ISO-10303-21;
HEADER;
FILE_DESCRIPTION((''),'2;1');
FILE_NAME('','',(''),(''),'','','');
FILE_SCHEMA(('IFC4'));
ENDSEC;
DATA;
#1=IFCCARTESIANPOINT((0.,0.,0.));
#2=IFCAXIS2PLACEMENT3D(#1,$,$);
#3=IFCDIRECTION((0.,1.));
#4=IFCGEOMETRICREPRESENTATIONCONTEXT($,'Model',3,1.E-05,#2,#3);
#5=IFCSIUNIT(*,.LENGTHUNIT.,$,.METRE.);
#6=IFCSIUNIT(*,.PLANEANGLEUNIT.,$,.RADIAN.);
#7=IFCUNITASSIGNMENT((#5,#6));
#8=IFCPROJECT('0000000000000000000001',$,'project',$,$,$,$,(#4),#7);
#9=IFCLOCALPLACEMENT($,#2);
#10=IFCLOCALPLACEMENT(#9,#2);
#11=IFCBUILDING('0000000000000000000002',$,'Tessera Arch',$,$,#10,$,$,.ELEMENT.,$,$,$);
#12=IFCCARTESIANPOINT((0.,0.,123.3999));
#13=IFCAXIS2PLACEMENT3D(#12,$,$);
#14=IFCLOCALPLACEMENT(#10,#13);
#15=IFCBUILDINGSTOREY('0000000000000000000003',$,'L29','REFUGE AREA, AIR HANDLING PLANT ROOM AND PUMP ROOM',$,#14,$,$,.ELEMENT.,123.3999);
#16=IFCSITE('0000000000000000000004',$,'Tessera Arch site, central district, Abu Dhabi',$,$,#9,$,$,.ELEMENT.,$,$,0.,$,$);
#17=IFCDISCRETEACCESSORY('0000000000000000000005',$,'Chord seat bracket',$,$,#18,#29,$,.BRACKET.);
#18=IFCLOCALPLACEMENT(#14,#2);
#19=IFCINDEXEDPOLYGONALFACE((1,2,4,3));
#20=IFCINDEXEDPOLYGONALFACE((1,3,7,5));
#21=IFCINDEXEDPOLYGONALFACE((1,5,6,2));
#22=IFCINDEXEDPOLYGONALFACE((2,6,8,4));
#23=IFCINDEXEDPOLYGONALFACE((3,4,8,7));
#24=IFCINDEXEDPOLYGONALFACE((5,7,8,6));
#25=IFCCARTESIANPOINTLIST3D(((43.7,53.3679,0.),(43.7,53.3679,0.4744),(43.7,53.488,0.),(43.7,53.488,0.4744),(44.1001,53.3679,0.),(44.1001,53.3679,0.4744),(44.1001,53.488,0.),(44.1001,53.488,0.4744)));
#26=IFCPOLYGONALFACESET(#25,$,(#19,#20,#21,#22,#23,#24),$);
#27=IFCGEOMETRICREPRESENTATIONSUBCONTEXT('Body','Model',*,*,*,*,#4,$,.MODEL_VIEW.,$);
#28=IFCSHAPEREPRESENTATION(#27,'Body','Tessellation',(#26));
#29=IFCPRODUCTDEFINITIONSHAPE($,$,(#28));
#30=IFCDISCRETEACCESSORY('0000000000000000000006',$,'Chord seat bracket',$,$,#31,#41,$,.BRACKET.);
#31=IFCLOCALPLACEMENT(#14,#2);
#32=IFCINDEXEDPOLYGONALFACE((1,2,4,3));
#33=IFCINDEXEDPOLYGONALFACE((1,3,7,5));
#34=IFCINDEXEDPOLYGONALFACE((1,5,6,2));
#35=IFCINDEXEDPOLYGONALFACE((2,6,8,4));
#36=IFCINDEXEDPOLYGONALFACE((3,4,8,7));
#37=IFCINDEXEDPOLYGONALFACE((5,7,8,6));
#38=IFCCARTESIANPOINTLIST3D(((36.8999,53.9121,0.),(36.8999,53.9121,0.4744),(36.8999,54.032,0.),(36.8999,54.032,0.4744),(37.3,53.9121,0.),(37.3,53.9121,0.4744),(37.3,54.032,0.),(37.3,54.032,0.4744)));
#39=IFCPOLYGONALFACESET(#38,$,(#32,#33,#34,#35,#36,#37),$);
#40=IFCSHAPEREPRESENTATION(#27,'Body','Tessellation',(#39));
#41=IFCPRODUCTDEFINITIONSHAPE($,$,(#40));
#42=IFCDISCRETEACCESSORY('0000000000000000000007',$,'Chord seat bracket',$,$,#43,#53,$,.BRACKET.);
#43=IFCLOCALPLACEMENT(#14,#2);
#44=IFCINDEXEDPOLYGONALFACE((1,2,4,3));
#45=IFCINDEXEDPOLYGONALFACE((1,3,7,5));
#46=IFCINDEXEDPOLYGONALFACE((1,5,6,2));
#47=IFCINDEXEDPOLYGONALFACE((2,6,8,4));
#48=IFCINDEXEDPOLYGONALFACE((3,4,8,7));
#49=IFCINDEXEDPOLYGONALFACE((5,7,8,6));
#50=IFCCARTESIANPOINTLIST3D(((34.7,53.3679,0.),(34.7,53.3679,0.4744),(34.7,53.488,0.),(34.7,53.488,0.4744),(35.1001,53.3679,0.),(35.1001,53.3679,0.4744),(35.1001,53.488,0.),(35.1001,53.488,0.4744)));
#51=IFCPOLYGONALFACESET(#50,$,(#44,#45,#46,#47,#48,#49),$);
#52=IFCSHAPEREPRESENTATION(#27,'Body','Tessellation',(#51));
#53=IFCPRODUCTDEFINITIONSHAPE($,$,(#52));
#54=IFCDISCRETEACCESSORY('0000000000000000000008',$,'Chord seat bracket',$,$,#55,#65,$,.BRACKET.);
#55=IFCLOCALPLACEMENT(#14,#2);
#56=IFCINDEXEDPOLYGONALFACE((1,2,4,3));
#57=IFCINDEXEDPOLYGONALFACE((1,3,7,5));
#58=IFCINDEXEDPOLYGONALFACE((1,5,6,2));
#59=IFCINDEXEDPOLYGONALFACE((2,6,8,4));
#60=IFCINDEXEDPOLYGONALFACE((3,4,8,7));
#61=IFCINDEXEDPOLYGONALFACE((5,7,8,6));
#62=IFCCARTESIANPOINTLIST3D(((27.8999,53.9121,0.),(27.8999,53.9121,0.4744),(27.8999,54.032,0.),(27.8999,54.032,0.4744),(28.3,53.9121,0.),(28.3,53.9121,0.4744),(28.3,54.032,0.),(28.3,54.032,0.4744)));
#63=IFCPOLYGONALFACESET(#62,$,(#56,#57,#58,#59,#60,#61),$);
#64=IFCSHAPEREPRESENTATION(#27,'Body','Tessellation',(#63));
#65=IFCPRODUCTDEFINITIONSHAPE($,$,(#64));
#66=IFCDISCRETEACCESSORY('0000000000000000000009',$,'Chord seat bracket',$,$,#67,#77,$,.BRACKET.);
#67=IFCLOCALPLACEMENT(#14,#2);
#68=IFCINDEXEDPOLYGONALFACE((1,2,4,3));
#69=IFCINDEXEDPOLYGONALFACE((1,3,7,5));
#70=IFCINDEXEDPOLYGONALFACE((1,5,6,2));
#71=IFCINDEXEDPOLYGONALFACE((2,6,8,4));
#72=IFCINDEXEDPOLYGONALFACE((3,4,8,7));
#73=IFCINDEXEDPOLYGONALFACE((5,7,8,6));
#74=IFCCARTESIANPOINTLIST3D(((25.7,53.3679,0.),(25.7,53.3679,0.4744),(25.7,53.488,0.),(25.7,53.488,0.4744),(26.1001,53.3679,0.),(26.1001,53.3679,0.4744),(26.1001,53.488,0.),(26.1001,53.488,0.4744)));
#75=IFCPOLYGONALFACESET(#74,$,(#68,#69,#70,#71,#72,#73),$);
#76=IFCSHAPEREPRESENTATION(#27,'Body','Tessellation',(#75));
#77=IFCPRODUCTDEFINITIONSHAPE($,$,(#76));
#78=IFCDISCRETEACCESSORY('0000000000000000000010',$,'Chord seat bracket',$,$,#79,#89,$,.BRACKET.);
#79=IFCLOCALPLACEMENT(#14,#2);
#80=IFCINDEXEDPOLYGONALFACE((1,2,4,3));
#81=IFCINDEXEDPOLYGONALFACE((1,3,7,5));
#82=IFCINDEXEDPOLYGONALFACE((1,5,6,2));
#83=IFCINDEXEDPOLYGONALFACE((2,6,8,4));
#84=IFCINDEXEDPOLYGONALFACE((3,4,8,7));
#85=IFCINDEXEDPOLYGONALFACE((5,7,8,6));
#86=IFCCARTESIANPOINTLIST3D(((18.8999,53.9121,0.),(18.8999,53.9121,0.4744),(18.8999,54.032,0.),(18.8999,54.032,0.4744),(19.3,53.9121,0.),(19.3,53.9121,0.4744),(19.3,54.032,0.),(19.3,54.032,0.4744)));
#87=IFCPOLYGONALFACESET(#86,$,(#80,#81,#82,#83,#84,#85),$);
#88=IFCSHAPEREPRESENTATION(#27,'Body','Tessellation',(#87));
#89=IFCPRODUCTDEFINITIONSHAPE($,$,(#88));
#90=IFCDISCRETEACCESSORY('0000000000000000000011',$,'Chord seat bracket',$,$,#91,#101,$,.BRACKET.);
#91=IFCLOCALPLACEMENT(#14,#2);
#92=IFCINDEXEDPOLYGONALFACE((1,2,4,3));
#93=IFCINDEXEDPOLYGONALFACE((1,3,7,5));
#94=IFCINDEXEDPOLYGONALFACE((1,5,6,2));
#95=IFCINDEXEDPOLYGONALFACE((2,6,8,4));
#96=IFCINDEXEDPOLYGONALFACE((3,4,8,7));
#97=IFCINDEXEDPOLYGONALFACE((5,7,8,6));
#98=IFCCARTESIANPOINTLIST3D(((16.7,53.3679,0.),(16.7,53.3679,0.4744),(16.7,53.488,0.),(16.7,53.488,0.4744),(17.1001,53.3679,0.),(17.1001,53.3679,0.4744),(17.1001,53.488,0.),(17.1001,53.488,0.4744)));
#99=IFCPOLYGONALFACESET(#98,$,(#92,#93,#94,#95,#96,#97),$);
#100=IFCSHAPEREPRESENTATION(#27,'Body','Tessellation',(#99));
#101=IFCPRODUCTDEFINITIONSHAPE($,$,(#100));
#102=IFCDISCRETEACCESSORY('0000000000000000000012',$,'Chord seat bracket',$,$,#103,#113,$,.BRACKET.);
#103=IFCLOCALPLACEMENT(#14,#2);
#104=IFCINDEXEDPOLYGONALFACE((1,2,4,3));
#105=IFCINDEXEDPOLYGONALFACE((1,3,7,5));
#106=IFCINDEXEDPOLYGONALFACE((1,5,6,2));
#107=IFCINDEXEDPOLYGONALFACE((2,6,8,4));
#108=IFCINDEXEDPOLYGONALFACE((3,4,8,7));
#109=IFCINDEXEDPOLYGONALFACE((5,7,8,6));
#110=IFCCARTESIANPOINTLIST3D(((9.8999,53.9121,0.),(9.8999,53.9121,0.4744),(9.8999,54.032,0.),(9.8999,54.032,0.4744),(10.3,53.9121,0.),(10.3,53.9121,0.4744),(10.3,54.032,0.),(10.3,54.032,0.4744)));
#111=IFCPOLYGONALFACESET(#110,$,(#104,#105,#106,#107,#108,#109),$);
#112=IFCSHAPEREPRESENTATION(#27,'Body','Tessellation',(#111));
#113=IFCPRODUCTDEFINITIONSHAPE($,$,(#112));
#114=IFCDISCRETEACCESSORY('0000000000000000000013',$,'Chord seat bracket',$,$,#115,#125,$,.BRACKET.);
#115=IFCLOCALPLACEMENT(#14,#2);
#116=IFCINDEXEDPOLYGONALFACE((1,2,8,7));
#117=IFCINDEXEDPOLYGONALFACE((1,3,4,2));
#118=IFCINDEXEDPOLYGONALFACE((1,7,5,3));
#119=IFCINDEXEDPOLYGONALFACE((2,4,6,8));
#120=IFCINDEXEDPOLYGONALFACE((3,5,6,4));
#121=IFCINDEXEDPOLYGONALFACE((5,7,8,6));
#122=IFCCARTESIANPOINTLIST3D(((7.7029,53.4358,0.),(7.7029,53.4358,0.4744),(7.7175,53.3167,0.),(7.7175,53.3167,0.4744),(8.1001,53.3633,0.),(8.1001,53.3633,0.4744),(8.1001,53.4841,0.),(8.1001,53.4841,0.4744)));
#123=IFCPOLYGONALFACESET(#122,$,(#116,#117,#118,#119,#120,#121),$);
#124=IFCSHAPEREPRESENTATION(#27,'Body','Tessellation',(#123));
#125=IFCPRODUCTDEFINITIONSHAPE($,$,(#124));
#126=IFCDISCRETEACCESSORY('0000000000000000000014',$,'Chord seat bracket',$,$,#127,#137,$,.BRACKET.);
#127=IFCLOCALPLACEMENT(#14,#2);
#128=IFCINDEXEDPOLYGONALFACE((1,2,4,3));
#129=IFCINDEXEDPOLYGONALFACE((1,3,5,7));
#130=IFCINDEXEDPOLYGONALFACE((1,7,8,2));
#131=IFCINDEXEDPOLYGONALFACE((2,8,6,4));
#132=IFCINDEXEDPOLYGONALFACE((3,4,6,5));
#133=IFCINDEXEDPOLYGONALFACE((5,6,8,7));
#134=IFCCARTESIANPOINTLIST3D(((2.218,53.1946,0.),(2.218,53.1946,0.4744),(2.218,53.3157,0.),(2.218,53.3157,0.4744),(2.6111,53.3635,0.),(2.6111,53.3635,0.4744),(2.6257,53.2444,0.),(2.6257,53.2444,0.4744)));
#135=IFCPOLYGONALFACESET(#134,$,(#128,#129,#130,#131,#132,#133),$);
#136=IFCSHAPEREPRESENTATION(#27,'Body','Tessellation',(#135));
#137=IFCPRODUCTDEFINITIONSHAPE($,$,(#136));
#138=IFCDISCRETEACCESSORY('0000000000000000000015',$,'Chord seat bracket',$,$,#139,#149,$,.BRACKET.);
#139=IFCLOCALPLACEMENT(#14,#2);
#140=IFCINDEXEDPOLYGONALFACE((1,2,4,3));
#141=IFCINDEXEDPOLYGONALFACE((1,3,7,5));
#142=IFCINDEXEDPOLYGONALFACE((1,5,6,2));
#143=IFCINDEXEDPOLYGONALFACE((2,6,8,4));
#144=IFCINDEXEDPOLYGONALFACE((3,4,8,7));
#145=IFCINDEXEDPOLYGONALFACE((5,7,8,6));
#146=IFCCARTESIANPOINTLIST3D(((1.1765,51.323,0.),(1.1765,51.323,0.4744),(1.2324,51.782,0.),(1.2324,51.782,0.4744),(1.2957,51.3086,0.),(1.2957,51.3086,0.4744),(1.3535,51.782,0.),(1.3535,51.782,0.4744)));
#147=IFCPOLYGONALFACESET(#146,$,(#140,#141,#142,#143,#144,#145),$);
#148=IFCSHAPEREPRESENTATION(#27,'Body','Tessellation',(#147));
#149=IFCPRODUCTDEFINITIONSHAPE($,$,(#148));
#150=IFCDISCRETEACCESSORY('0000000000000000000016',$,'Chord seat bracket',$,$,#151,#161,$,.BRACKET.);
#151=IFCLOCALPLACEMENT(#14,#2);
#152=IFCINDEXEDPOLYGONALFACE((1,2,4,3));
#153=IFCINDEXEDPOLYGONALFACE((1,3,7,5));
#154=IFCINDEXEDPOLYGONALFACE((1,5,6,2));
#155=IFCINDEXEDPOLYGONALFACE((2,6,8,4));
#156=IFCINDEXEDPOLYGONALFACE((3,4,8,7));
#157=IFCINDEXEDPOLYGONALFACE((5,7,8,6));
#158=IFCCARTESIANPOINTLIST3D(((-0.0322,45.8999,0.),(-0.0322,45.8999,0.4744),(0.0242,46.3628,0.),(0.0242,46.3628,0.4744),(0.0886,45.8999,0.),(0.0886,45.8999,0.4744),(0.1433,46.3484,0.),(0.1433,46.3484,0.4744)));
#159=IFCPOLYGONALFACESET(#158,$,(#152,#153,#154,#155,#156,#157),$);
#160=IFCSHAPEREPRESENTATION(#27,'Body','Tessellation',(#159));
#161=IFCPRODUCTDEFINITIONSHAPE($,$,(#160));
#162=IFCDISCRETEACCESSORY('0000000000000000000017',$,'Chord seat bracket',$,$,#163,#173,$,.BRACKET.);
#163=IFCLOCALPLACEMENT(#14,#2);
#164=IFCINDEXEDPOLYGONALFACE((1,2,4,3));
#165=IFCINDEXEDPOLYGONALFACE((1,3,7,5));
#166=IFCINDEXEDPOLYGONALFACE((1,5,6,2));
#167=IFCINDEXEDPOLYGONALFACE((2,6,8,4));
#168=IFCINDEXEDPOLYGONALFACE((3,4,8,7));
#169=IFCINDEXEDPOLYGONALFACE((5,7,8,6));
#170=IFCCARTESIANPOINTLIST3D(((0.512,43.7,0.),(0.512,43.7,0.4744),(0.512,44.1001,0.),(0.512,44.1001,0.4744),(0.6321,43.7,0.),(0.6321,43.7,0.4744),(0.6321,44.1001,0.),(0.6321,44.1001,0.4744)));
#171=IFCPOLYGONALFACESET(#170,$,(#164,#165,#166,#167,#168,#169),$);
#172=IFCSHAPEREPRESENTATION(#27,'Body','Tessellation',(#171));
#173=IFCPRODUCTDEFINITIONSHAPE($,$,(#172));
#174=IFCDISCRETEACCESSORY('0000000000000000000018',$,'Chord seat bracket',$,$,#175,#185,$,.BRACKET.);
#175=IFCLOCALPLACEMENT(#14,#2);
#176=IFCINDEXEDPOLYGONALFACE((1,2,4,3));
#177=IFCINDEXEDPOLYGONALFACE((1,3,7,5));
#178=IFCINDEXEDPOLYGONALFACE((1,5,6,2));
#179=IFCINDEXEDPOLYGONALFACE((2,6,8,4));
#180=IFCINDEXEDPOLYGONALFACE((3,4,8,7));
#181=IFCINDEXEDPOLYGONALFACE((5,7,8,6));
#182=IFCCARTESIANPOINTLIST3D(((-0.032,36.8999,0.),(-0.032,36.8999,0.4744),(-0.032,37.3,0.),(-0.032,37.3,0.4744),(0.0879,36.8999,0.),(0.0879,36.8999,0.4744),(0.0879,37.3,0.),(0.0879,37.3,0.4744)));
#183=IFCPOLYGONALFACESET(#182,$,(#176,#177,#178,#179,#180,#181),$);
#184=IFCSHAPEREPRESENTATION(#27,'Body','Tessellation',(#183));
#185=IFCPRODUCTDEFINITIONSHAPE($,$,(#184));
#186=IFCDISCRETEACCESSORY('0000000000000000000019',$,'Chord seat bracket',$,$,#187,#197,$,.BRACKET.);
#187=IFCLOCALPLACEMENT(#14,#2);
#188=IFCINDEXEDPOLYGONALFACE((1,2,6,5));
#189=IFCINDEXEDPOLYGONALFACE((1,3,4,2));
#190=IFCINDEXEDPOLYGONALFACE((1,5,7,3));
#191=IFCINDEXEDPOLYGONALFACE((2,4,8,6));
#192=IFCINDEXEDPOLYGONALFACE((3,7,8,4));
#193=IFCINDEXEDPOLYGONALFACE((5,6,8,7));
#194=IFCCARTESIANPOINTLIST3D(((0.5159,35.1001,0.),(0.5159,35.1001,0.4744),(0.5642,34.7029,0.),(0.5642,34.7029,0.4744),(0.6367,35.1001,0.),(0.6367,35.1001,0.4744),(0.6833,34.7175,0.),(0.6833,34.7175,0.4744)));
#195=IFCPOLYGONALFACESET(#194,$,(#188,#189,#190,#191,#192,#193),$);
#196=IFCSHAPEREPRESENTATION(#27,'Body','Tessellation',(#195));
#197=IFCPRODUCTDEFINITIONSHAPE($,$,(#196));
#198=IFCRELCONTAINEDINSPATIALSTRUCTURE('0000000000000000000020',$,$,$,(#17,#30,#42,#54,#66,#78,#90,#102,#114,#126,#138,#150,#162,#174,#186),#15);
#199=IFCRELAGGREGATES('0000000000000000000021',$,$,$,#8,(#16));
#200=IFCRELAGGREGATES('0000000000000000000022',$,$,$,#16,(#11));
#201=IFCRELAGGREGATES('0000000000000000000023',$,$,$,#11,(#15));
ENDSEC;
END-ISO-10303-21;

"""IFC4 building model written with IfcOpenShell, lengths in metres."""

from ifc_helpers import new_model, si_unit, direction, frame, origin, place, context, subcontext, project, spatial, polyline, outline, extrude, element, save


model = new_model("IFC4")

# Units and contexts
model_context = context("Model", 3, precision=1e-05, world=origin(), true_north=direction((0.0, 1.0)))
body_context = subcontext(model_context, "Body", "Model", "MODEL_VIEW")
ifc_project = project(units=[si_unit("LENGTHUNIT", "METRE"), si_unit("PLANEANGLEUNIT", "RADIAN")], contexts=[model_context])

# Site, building, storey
site_placement = place(None, origin())
site = spatial("IfcSite", under=ifc_project, at=site_placement, Name="Tessera Arch site, central district, Abu Dhabi", CompositionType="ELEMENT", RefElevation=0.0)
building_placement = place(site_placement, origin())
building = spatial("IfcBuilding", under=site, at=building_placement, Name="Tessera Arch", CompositionType="ELEMENT")
storey_placement = place(building_placement, frame((0.0, 0.0, 123.3999)))
storey = spatial("IfcBuildingStorey", under=building, at=storey_placement, Name="L29", Description="REFUGE AREA, AIR HANDLING PLANT ROOM AND PUMP ROOM", CompositionType="ELEMENT", Elevation=123.3999)

# Discrete accessories
discrete_accessory_1_placement = place(storey_placement, origin())
element("IfcDiscreteAccessory", 1, at=discrete_accessory_1_placement, inside=storey, Name="Chord seat bracket", PredefinedType="BRACKET", context=body_context, shape_type="SweptSolid", body=[
    extrude(outline(polyline([(43.7, 53.488), (44.1001, 53.488), (44.1001, 53.3679), (43.7, 53.3679), (43.7, 53.488)])), origin(), (0.0, 0.0, 1.0), 0.4744),
])
discrete_accessory_2_placement = place(storey_placement, origin())
element("IfcDiscreteAccessory", 2, at=discrete_accessory_2_placement, inside=storey, Name="Chord seat bracket", PredefinedType="BRACKET", context=body_context, shape_type="SweptSolid", body=[
    extrude(outline(polyline([(36.8999, 53.9121), (36.8999, 54.032), (37.3, 54.032), (37.3, 53.9121), (36.8999, 53.9121)])), origin(), (0.0, 0.0, 1.0), 0.4744),
])
discrete_accessory_3_placement = place(storey_placement, origin())
element("IfcDiscreteAccessory", 3, at=discrete_accessory_3_placement, inside=storey, Name="Chord seat bracket", PredefinedType="BRACKET", context=body_context, shape_type="SweptSolid", body=[
    extrude(outline(polyline([(35.1001, 53.488), (35.1001, 53.3679), (34.7, 53.3679), (34.7, 53.488), (35.1001, 53.488)])), origin(), (0.0, 0.0, 1.0), 0.4744),
])
discrete_accessory_4_placement = place(storey_placement, origin())
element("IfcDiscreteAccessory", 4, at=discrete_accessory_4_placement, inside=storey, Name="Chord seat bracket", PredefinedType="BRACKET", context=body_context, shape_type="SweptSolid", body=[
    extrude(outline(polyline([(28.3, 53.9121), (27.8999, 53.9121), (27.8999, 54.032), (28.3, 54.032), (28.3, 53.9121)])), origin(), (0.0, 0.0, 1.0), 0.4744),
])
discrete_accessory_5_placement = place(storey_placement, origin())
element("IfcDiscreteAccessory", 5, at=discrete_accessory_5_placement, inside=storey, Name="Chord seat bracket", PredefinedType="BRACKET", context=body_context, shape_type="SweptSolid", body=[
    extrude(outline(polyline([(25.7, 53.488), (26.1001, 53.488), (26.1001, 53.3679), (25.7, 53.3679), (25.7, 53.488)])), origin(), (0.0, 0.0, 1.0), 0.4744),
])
discrete_accessory_6_placement = place(storey_placement, origin())
element("IfcDiscreteAccessory", 6, at=discrete_accessory_6_placement, inside=storey, Name="Chord seat bracket", PredefinedType="BRACKET", context=body_context, shape_type="SweptSolid", body=[
    extrude(outline(polyline([(19.3, 53.9121), (18.8999, 53.9121), (18.8999, 54.032), (19.3, 54.032), (19.3, 53.9121)])), origin(), (0.0, 0.0, 1.0), 0.4744),
])
discrete_accessory_7_placement = place(storey_placement, origin())
element("IfcDiscreteAccessory", 7, at=discrete_accessory_7_placement, inside=storey, Name="Chord seat bracket", PredefinedType="BRACKET", context=body_context, shape_type="SweptSolid", body=[
    extrude(outline(polyline([(16.7, 53.488), (17.1001, 53.488), (17.1001, 53.3679), (16.7, 53.3679), (16.7, 53.488)])), origin(), (0.0, 0.0, 1.0), 0.4744),
])
discrete_accessory_8_placement = place(storey_placement, origin())
element("IfcDiscreteAccessory", 8, at=discrete_accessory_8_placement, inside=storey, Name="Chord seat bracket", PredefinedType="BRACKET", context=body_context, shape_type="SweptSolid", body=[
    extrude(outline(polyline([(9.8999, 53.9121), (9.8999, 54.032), (10.3, 54.032), (10.3, 53.9121), (9.8999, 53.9121)])), origin(), (0.0, 0.0, 1.0), 0.4744),
])
discrete_accessory_9_placement = place(storey_placement, origin())
element("IfcDiscreteAccessory", 9, at=discrete_accessory_9_placement, inside=storey, Name="Chord seat bracket", PredefinedType="BRACKET", context=body_context, shape_type="SweptSolid", body=[
    extrude(outline(polyline([(8.1001, 53.4841), (8.1001, 53.3633), (7.7175, 53.3167), (7.7029, 53.4358), (8.1001, 53.4841)])), origin(), (0.0, 0.0, 1.0), 0.4744),
])
discrete_accessory_10_placement = place(storey_placement, origin())
element("IfcDiscreteAccessory", 10, at=discrete_accessory_10_placement, inside=storey, Name="Chord seat bracket", PredefinedType="BRACKET", context=body_context, shape_type="SweptSolid", body=[
    extrude(outline(polyline([(2.6257, 53.2444), (2.218, 53.1946), (2.218, 53.3157), (2.6111, 53.3635), (2.6257, 53.2444)])), origin(), (0.0, 0.0, 1.0), 0.4744),
])
discrete_accessory_11_placement = place(storey_placement, origin())
element("IfcDiscreteAccessory", 11, at=discrete_accessory_11_placement, inside=storey, Name="Chord seat bracket", PredefinedType="BRACKET", context=body_context, shape_type="SweptSolid", body=[
    extrude(outline(polyline([(1.1765, 51.323), (1.2324, 51.782), (1.3535, 51.782), (1.2957, 51.3086), (1.1765, 51.323)])), origin(), (0.0, 0.0, 1.0), 0.4744),
])
discrete_accessory_12_placement = place(storey_placement, origin())
element("IfcDiscreteAccessory", 12, at=discrete_accessory_12_placement, inside=storey, Name="Chord seat bracket", PredefinedType="BRACKET", context=body_context, shape_type="SweptSolid", body=[
    extrude(outline(polyline([(0.1433, 46.3484), (0.0886, 45.8999), (-0.0322, 45.8999), (0.0242, 46.3628), (0.1433, 46.3484)])), origin(), (0.0, 0.0, 1.0), 0.4744),
])
discrete_accessory_13_placement = place(storey_placement, origin())
element("IfcDiscreteAccessory", 13, at=discrete_accessory_13_placement, inside=storey, Name="Chord seat bracket", PredefinedType="BRACKET", context=body_context, shape_type="SweptSolid", body=[
    extrude(outline(polyline([(0.512, 43.7), (0.512, 44.1001), (0.6321, 44.1001), (0.6321, 43.7), (0.512, 43.7)])), origin(), (0.0, 0.0, 1.0), 0.4744),
])
discrete_accessory_14_placement = place(storey_placement, origin())
element("IfcDiscreteAccessory", 14, at=discrete_accessory_14_placement, inside=storey, Name="Chord seat bracket", PredefinedType="BRACKET", context=body_context, shape_type="SweptSolid", body=[
    extrude(outline(polyline([(0.0879, 36.8999), (-0.032, 36.8999), (-0.032, 37.3), (0.0879, 37.3), (0.0879, 36.8999)])), origin(), (0.0, 0.0, 1.0), 0.4744),
])
discrete_accessory_15_placement = place(storey_placement, origin())
element("IfcDiscreteAccessory", 15, at=discrete_accessory_15_placement, inside=storey, Name="Chord seat bracket", PredefinedType="BRACKET", context=body_context, shape_type="SweptSolid", body=[
    extrude(outline(polyline([(0.5159, 35.1001), (0.6367, 35.1001), (0.6833, 34.7175), (0.5642, 34.7029), (0.5159, 35.1001)])), origin(), (0.0, 0.0, 1.0), 0.4744),
])

save(model, "model.ifc")
